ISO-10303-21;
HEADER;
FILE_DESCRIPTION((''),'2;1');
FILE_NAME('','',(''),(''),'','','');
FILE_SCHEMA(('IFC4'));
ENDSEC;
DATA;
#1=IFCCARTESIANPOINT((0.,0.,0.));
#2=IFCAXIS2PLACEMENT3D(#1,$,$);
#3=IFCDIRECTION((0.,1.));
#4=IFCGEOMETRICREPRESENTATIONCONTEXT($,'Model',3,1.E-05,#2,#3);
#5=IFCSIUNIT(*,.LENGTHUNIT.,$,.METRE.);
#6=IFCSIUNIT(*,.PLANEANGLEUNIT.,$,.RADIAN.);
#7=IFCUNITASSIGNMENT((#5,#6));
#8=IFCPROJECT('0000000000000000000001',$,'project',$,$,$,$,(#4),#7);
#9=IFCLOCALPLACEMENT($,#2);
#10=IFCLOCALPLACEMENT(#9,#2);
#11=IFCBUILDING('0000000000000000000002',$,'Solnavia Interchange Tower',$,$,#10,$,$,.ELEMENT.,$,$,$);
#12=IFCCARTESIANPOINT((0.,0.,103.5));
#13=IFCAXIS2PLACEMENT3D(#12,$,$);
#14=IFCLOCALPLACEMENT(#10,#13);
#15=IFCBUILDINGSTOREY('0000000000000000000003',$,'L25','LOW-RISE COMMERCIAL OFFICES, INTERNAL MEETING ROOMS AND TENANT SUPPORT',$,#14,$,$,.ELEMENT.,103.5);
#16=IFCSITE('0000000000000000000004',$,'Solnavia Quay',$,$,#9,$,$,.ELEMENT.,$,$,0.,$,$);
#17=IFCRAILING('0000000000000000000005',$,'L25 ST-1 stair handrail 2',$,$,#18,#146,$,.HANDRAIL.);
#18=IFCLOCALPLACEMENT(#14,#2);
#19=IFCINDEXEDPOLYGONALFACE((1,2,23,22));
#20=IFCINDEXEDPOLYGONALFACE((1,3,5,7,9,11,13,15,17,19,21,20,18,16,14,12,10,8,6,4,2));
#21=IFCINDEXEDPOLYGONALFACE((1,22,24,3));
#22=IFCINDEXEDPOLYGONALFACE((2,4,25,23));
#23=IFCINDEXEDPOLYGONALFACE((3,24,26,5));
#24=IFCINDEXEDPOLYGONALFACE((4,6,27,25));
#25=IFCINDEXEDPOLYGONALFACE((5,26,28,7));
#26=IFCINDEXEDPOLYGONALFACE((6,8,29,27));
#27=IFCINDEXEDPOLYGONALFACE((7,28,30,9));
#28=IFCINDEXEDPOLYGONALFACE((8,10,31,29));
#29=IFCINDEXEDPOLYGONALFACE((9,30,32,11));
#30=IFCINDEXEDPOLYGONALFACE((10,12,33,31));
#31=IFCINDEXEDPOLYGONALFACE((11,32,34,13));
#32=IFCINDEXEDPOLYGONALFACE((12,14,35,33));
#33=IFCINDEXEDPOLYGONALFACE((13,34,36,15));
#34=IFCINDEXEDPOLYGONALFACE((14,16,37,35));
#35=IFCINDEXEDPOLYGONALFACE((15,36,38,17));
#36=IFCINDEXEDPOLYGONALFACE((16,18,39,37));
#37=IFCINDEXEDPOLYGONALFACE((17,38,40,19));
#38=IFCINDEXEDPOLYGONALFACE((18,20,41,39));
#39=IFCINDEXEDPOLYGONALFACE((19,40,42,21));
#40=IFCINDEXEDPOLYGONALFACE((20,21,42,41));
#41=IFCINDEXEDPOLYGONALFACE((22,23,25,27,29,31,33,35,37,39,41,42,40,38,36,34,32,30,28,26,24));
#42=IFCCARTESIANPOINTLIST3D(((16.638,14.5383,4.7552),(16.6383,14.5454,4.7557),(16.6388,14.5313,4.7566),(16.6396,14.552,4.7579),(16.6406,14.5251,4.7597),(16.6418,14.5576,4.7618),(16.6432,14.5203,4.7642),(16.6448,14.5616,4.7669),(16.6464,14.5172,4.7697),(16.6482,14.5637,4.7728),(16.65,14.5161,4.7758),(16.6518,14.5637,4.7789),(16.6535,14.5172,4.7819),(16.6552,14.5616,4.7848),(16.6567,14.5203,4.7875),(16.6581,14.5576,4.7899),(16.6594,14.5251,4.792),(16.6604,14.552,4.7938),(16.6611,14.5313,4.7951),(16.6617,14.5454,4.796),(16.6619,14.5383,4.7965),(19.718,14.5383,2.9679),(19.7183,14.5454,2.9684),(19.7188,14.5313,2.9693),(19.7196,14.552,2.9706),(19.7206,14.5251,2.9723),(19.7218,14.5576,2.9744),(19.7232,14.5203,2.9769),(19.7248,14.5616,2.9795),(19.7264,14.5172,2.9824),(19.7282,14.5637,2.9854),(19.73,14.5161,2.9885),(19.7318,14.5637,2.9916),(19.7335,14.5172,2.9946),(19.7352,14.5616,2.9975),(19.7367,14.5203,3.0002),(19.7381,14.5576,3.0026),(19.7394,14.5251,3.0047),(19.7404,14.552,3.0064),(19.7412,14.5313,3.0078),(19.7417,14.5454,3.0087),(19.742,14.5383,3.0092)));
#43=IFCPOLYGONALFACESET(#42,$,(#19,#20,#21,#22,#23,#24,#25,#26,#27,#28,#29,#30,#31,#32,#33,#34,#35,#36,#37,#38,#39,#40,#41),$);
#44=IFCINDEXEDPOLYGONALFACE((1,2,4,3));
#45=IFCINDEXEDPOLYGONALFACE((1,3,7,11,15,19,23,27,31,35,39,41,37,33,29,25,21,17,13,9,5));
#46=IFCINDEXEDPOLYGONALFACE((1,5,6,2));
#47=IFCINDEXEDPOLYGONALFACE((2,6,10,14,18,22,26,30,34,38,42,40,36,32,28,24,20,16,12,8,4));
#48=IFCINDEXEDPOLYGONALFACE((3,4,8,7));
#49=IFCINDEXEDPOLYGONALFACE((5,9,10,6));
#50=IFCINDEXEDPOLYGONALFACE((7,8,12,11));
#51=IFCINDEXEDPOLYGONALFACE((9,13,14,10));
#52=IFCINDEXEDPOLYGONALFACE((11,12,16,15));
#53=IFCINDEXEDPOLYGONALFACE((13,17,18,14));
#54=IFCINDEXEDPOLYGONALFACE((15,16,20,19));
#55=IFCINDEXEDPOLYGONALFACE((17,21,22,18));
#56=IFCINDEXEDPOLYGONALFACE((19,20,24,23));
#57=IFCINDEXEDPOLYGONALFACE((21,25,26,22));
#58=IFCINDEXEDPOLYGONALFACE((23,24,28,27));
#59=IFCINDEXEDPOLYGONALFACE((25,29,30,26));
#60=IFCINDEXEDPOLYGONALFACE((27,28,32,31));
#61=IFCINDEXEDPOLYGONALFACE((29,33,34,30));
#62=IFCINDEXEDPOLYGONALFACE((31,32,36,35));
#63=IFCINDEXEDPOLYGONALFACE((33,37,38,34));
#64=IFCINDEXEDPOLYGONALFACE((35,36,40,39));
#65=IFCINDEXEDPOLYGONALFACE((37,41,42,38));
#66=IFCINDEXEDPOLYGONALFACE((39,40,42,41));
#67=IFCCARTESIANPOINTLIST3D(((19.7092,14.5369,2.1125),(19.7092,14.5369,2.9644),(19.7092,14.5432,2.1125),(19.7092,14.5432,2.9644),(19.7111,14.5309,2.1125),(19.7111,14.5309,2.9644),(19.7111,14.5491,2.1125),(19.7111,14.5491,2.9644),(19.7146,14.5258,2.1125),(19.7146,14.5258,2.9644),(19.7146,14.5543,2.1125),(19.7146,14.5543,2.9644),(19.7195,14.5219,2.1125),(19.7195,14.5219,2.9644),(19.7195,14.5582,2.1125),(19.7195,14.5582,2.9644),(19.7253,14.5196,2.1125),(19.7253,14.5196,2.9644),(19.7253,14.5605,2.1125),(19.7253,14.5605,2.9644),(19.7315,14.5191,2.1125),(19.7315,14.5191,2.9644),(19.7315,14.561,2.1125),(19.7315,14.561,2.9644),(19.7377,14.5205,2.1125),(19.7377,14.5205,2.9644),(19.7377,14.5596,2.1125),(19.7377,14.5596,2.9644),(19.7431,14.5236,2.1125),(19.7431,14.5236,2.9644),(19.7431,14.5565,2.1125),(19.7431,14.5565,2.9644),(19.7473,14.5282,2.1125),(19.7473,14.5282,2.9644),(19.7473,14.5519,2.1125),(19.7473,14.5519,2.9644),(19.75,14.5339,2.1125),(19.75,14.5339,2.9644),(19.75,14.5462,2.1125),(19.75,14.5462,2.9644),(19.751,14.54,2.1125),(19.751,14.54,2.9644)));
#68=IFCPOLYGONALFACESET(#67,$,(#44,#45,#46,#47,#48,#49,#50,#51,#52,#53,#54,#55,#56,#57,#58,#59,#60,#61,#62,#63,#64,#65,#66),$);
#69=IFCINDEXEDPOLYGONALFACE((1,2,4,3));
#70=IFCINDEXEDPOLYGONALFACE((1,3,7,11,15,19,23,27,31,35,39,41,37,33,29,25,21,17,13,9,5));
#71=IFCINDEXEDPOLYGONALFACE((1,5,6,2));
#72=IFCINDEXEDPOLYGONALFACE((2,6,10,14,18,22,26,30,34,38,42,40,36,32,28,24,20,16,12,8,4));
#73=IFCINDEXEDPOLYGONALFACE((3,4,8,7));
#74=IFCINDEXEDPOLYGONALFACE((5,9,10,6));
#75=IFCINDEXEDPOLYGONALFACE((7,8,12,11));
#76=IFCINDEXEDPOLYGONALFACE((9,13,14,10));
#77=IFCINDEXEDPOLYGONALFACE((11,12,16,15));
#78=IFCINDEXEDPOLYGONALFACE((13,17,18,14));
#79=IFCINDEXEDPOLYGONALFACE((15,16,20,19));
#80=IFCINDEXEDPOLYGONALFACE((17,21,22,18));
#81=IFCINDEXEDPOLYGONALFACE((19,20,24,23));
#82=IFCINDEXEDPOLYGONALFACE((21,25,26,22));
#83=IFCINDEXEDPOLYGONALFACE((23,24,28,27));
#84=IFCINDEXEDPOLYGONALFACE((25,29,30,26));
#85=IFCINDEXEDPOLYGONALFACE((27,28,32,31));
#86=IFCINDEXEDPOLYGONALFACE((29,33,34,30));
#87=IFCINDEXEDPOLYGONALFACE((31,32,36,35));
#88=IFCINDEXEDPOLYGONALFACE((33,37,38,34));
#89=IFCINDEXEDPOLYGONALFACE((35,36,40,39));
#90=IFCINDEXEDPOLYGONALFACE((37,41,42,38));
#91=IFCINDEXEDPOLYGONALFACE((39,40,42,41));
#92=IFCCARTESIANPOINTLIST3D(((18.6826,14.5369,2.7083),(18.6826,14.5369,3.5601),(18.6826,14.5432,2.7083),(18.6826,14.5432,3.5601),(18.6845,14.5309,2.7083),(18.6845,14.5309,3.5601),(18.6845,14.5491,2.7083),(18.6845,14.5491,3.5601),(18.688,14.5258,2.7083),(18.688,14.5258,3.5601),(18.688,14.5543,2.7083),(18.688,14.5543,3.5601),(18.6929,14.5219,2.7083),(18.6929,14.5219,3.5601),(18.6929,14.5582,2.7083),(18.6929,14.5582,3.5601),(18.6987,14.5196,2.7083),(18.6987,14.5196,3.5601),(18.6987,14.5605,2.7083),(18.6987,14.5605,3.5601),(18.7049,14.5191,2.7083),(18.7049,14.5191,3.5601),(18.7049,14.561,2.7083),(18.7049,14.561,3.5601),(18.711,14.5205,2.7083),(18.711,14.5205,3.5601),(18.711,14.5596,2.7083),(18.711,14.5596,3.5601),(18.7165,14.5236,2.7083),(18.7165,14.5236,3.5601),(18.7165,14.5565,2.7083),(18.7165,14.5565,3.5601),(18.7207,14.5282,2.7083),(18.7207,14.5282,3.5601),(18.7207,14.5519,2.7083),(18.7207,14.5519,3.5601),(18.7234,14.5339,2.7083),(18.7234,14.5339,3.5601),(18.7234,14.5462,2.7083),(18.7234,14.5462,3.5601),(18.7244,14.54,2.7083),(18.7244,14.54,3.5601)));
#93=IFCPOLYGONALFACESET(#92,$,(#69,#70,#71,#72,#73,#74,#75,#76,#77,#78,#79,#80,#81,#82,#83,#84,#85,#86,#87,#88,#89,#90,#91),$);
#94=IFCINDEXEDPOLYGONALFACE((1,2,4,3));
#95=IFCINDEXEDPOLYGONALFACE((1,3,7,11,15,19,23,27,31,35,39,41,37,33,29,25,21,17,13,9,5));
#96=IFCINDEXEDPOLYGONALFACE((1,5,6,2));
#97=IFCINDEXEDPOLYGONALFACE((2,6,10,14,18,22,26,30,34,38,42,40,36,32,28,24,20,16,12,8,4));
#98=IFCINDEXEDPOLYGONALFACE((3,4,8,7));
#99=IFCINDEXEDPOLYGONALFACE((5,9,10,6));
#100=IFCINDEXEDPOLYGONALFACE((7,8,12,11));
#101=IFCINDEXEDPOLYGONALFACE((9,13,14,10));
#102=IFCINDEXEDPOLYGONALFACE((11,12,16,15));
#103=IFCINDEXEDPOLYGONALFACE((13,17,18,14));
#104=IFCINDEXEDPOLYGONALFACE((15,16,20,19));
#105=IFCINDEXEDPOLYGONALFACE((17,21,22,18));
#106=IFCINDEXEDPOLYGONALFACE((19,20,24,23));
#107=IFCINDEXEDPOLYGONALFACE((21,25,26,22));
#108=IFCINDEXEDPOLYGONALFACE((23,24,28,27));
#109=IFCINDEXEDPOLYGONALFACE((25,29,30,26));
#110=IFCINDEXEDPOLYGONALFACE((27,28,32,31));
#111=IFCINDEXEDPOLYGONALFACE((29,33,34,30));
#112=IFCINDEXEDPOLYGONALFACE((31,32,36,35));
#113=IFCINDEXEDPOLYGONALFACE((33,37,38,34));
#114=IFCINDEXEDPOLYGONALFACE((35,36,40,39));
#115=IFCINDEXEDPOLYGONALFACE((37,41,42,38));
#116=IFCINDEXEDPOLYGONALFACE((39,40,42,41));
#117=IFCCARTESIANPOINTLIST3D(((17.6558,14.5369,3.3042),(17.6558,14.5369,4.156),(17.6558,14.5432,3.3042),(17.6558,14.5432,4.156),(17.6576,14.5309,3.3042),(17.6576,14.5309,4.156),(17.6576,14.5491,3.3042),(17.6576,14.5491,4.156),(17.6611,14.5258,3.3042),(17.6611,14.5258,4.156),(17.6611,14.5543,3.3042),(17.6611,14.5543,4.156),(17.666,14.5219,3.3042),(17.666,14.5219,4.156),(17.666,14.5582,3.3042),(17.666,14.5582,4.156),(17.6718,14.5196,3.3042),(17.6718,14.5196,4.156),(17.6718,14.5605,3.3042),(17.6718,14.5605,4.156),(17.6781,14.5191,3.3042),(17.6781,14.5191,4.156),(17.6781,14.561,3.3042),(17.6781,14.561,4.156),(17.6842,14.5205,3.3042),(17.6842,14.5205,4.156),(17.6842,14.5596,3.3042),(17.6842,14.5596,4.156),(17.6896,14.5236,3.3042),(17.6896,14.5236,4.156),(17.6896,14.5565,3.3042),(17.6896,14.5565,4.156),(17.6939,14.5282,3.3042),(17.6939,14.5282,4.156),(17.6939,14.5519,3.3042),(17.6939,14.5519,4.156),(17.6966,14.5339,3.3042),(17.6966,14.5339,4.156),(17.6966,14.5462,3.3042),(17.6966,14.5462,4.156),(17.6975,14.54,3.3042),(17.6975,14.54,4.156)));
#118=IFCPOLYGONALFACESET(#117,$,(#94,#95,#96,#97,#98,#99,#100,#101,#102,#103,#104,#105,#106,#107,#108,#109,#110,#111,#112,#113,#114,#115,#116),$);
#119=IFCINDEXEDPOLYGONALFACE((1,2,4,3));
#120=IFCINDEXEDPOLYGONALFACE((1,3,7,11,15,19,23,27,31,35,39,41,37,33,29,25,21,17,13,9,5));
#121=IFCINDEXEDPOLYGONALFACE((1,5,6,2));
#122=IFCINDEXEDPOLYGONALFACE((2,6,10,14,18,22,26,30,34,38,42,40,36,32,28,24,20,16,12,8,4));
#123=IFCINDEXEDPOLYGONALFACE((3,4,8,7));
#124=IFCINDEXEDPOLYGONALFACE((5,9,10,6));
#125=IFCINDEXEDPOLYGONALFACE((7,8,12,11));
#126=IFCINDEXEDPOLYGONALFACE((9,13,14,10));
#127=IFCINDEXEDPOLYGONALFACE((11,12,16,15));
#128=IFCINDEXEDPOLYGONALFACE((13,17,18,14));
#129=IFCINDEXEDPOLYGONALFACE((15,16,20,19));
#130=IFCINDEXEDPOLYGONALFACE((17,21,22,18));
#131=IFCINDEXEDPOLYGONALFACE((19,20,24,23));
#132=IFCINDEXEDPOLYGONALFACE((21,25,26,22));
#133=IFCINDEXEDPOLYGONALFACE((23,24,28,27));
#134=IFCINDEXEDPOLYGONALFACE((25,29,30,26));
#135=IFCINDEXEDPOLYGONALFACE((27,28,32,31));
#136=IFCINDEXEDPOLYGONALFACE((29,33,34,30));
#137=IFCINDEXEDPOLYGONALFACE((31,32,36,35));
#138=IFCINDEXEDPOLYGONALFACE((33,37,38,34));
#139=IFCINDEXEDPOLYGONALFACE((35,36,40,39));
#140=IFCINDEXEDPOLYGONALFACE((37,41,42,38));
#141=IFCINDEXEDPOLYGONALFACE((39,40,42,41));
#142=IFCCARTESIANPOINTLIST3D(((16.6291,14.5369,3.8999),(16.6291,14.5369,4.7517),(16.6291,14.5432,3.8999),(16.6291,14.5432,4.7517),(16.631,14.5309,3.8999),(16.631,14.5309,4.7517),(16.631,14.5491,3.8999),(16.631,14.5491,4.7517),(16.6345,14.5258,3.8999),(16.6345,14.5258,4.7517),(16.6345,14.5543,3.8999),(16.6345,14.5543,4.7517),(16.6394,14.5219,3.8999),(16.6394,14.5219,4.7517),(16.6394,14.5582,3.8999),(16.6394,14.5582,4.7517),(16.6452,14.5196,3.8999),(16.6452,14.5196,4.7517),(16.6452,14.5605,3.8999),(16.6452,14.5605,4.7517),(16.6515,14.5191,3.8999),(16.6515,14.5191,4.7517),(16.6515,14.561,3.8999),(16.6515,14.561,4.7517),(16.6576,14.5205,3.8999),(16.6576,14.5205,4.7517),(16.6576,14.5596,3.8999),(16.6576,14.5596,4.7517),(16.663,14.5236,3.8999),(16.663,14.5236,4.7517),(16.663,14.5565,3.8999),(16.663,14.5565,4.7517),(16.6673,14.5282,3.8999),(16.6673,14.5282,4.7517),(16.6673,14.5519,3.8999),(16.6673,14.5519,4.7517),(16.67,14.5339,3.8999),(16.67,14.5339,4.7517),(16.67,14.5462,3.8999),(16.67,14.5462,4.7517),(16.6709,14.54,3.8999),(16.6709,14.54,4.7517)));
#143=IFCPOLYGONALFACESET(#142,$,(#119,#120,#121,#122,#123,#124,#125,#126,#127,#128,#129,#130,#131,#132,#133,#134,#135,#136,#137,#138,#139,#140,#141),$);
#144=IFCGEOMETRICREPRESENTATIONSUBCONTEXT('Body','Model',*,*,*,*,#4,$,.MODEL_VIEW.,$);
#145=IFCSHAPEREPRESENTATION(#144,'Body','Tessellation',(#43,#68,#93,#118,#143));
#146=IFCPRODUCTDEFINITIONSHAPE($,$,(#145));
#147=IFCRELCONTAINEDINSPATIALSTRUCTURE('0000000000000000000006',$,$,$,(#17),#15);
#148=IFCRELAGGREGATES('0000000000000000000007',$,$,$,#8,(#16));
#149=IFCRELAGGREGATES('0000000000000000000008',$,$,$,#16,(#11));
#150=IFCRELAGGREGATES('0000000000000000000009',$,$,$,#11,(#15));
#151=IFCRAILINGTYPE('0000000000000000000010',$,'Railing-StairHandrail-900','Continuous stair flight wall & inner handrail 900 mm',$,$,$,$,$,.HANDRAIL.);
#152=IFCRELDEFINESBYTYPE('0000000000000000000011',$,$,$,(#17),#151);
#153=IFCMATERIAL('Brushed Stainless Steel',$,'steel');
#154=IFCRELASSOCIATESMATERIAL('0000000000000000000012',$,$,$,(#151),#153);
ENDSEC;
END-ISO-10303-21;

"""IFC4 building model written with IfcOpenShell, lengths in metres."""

from ifc_helpers import new_model, si_unit, direction, frame, origin, origin_2d, place, context, subcontext, project, spatial, circle, extrude, material, type_object, element, save


model = new_model("IFC4")

# Units and contexts
model_context = context("Model", 3, precision=1e-05, world=origin(), true_north=direction((0.0, 1.0)))
body_context = subcontext(model_context, "Body", "Model", "MODEL_VIEW")
ifc_project = project(units=[si_unit("LENGTHUNIT", "METRE"), si_unit("PLANEANGLEUNIT", "RADIAN")], contexts=[model_context])

# Site, building, storey
site_placement = place(None, origin())
site = spatial("IfcSite", under=ifc_project, at=site_placement, Name="Solnavia Quay", CompositionType="ELEMENT", RefElevation=0.0)
building_placement = place(site_placement, origin())
building = spatial("IfcBuilding", under=site, at=building_placement, Name="Solnavia Interchange Tower", CompositionType="ELEMENT")
storey_placement = place(building_placement, frame((0.0, 0.0, 103.5)))
storey = spatial("IfcBuildingStorey", under=building, at=storey_placement, Name="L25", Description="LOW-RISE COMMERCIAL OFFICES, INTERNAL MEETING ROOMS AND TENANT SUPPORT", CompositionType="ELEMENT", Elevation=103.5)

# Railing
ifc_material_1 = material(Name="Brushed Stainless Steel", Category="steel")
railing_type_1 = type_object("IfcRailingType", Name="Railing-StairHandrail-900", Description="Continuous stair flight wall & inner handrail 900 mm", PredefinedType="HANDRAIL", material=ifc_material_1)
railing_1_placement = place(storey_placement, frame((19.73, 14.54, 2.1125)))
element("IfcRailing", 1, at=railing_1_placement, inside=storey, type_object=railing_type_1, Name="L25 ST-1 stair handrail 2", PredefinedType="HANDRAIL", context=body_context, shape_type="SweptSolid", body=[
    extrude(circle(Radius=0.0239, at=origin_2d()), frame((0.0, 0.0, 0.876), z_axis=(-0.86492, 0.0, 0.501909), x_axis=(0.0, -1.0, 0.0)), (0.0, 0.0, 1.0), 3.561),
    extrude(circle(Radius=0.021, at=origin_2d()), origin(), (0.0, 0.0, 1.0), 0.8518),
    extrude(circle(Radius=0.021, at=origin_2d()), frame((-1.0266, 0.0, 0.5957)), (0.0, 0.0, 1.0), 0.8518),
    extrude(circle(Radius=0.021, at=origin_2d()), frame((-2.0535, 0.0, 1.1917)), (0.0, 0.0, 1.0), 0.8518),
    extrude(circle(Radius=0.021, at=origin_2d()), frame((-3.0801, 0.0, 1.7874)), (0.0, 0.0, 1.0), 0.8518),
])

save(model, "model.ifc")
